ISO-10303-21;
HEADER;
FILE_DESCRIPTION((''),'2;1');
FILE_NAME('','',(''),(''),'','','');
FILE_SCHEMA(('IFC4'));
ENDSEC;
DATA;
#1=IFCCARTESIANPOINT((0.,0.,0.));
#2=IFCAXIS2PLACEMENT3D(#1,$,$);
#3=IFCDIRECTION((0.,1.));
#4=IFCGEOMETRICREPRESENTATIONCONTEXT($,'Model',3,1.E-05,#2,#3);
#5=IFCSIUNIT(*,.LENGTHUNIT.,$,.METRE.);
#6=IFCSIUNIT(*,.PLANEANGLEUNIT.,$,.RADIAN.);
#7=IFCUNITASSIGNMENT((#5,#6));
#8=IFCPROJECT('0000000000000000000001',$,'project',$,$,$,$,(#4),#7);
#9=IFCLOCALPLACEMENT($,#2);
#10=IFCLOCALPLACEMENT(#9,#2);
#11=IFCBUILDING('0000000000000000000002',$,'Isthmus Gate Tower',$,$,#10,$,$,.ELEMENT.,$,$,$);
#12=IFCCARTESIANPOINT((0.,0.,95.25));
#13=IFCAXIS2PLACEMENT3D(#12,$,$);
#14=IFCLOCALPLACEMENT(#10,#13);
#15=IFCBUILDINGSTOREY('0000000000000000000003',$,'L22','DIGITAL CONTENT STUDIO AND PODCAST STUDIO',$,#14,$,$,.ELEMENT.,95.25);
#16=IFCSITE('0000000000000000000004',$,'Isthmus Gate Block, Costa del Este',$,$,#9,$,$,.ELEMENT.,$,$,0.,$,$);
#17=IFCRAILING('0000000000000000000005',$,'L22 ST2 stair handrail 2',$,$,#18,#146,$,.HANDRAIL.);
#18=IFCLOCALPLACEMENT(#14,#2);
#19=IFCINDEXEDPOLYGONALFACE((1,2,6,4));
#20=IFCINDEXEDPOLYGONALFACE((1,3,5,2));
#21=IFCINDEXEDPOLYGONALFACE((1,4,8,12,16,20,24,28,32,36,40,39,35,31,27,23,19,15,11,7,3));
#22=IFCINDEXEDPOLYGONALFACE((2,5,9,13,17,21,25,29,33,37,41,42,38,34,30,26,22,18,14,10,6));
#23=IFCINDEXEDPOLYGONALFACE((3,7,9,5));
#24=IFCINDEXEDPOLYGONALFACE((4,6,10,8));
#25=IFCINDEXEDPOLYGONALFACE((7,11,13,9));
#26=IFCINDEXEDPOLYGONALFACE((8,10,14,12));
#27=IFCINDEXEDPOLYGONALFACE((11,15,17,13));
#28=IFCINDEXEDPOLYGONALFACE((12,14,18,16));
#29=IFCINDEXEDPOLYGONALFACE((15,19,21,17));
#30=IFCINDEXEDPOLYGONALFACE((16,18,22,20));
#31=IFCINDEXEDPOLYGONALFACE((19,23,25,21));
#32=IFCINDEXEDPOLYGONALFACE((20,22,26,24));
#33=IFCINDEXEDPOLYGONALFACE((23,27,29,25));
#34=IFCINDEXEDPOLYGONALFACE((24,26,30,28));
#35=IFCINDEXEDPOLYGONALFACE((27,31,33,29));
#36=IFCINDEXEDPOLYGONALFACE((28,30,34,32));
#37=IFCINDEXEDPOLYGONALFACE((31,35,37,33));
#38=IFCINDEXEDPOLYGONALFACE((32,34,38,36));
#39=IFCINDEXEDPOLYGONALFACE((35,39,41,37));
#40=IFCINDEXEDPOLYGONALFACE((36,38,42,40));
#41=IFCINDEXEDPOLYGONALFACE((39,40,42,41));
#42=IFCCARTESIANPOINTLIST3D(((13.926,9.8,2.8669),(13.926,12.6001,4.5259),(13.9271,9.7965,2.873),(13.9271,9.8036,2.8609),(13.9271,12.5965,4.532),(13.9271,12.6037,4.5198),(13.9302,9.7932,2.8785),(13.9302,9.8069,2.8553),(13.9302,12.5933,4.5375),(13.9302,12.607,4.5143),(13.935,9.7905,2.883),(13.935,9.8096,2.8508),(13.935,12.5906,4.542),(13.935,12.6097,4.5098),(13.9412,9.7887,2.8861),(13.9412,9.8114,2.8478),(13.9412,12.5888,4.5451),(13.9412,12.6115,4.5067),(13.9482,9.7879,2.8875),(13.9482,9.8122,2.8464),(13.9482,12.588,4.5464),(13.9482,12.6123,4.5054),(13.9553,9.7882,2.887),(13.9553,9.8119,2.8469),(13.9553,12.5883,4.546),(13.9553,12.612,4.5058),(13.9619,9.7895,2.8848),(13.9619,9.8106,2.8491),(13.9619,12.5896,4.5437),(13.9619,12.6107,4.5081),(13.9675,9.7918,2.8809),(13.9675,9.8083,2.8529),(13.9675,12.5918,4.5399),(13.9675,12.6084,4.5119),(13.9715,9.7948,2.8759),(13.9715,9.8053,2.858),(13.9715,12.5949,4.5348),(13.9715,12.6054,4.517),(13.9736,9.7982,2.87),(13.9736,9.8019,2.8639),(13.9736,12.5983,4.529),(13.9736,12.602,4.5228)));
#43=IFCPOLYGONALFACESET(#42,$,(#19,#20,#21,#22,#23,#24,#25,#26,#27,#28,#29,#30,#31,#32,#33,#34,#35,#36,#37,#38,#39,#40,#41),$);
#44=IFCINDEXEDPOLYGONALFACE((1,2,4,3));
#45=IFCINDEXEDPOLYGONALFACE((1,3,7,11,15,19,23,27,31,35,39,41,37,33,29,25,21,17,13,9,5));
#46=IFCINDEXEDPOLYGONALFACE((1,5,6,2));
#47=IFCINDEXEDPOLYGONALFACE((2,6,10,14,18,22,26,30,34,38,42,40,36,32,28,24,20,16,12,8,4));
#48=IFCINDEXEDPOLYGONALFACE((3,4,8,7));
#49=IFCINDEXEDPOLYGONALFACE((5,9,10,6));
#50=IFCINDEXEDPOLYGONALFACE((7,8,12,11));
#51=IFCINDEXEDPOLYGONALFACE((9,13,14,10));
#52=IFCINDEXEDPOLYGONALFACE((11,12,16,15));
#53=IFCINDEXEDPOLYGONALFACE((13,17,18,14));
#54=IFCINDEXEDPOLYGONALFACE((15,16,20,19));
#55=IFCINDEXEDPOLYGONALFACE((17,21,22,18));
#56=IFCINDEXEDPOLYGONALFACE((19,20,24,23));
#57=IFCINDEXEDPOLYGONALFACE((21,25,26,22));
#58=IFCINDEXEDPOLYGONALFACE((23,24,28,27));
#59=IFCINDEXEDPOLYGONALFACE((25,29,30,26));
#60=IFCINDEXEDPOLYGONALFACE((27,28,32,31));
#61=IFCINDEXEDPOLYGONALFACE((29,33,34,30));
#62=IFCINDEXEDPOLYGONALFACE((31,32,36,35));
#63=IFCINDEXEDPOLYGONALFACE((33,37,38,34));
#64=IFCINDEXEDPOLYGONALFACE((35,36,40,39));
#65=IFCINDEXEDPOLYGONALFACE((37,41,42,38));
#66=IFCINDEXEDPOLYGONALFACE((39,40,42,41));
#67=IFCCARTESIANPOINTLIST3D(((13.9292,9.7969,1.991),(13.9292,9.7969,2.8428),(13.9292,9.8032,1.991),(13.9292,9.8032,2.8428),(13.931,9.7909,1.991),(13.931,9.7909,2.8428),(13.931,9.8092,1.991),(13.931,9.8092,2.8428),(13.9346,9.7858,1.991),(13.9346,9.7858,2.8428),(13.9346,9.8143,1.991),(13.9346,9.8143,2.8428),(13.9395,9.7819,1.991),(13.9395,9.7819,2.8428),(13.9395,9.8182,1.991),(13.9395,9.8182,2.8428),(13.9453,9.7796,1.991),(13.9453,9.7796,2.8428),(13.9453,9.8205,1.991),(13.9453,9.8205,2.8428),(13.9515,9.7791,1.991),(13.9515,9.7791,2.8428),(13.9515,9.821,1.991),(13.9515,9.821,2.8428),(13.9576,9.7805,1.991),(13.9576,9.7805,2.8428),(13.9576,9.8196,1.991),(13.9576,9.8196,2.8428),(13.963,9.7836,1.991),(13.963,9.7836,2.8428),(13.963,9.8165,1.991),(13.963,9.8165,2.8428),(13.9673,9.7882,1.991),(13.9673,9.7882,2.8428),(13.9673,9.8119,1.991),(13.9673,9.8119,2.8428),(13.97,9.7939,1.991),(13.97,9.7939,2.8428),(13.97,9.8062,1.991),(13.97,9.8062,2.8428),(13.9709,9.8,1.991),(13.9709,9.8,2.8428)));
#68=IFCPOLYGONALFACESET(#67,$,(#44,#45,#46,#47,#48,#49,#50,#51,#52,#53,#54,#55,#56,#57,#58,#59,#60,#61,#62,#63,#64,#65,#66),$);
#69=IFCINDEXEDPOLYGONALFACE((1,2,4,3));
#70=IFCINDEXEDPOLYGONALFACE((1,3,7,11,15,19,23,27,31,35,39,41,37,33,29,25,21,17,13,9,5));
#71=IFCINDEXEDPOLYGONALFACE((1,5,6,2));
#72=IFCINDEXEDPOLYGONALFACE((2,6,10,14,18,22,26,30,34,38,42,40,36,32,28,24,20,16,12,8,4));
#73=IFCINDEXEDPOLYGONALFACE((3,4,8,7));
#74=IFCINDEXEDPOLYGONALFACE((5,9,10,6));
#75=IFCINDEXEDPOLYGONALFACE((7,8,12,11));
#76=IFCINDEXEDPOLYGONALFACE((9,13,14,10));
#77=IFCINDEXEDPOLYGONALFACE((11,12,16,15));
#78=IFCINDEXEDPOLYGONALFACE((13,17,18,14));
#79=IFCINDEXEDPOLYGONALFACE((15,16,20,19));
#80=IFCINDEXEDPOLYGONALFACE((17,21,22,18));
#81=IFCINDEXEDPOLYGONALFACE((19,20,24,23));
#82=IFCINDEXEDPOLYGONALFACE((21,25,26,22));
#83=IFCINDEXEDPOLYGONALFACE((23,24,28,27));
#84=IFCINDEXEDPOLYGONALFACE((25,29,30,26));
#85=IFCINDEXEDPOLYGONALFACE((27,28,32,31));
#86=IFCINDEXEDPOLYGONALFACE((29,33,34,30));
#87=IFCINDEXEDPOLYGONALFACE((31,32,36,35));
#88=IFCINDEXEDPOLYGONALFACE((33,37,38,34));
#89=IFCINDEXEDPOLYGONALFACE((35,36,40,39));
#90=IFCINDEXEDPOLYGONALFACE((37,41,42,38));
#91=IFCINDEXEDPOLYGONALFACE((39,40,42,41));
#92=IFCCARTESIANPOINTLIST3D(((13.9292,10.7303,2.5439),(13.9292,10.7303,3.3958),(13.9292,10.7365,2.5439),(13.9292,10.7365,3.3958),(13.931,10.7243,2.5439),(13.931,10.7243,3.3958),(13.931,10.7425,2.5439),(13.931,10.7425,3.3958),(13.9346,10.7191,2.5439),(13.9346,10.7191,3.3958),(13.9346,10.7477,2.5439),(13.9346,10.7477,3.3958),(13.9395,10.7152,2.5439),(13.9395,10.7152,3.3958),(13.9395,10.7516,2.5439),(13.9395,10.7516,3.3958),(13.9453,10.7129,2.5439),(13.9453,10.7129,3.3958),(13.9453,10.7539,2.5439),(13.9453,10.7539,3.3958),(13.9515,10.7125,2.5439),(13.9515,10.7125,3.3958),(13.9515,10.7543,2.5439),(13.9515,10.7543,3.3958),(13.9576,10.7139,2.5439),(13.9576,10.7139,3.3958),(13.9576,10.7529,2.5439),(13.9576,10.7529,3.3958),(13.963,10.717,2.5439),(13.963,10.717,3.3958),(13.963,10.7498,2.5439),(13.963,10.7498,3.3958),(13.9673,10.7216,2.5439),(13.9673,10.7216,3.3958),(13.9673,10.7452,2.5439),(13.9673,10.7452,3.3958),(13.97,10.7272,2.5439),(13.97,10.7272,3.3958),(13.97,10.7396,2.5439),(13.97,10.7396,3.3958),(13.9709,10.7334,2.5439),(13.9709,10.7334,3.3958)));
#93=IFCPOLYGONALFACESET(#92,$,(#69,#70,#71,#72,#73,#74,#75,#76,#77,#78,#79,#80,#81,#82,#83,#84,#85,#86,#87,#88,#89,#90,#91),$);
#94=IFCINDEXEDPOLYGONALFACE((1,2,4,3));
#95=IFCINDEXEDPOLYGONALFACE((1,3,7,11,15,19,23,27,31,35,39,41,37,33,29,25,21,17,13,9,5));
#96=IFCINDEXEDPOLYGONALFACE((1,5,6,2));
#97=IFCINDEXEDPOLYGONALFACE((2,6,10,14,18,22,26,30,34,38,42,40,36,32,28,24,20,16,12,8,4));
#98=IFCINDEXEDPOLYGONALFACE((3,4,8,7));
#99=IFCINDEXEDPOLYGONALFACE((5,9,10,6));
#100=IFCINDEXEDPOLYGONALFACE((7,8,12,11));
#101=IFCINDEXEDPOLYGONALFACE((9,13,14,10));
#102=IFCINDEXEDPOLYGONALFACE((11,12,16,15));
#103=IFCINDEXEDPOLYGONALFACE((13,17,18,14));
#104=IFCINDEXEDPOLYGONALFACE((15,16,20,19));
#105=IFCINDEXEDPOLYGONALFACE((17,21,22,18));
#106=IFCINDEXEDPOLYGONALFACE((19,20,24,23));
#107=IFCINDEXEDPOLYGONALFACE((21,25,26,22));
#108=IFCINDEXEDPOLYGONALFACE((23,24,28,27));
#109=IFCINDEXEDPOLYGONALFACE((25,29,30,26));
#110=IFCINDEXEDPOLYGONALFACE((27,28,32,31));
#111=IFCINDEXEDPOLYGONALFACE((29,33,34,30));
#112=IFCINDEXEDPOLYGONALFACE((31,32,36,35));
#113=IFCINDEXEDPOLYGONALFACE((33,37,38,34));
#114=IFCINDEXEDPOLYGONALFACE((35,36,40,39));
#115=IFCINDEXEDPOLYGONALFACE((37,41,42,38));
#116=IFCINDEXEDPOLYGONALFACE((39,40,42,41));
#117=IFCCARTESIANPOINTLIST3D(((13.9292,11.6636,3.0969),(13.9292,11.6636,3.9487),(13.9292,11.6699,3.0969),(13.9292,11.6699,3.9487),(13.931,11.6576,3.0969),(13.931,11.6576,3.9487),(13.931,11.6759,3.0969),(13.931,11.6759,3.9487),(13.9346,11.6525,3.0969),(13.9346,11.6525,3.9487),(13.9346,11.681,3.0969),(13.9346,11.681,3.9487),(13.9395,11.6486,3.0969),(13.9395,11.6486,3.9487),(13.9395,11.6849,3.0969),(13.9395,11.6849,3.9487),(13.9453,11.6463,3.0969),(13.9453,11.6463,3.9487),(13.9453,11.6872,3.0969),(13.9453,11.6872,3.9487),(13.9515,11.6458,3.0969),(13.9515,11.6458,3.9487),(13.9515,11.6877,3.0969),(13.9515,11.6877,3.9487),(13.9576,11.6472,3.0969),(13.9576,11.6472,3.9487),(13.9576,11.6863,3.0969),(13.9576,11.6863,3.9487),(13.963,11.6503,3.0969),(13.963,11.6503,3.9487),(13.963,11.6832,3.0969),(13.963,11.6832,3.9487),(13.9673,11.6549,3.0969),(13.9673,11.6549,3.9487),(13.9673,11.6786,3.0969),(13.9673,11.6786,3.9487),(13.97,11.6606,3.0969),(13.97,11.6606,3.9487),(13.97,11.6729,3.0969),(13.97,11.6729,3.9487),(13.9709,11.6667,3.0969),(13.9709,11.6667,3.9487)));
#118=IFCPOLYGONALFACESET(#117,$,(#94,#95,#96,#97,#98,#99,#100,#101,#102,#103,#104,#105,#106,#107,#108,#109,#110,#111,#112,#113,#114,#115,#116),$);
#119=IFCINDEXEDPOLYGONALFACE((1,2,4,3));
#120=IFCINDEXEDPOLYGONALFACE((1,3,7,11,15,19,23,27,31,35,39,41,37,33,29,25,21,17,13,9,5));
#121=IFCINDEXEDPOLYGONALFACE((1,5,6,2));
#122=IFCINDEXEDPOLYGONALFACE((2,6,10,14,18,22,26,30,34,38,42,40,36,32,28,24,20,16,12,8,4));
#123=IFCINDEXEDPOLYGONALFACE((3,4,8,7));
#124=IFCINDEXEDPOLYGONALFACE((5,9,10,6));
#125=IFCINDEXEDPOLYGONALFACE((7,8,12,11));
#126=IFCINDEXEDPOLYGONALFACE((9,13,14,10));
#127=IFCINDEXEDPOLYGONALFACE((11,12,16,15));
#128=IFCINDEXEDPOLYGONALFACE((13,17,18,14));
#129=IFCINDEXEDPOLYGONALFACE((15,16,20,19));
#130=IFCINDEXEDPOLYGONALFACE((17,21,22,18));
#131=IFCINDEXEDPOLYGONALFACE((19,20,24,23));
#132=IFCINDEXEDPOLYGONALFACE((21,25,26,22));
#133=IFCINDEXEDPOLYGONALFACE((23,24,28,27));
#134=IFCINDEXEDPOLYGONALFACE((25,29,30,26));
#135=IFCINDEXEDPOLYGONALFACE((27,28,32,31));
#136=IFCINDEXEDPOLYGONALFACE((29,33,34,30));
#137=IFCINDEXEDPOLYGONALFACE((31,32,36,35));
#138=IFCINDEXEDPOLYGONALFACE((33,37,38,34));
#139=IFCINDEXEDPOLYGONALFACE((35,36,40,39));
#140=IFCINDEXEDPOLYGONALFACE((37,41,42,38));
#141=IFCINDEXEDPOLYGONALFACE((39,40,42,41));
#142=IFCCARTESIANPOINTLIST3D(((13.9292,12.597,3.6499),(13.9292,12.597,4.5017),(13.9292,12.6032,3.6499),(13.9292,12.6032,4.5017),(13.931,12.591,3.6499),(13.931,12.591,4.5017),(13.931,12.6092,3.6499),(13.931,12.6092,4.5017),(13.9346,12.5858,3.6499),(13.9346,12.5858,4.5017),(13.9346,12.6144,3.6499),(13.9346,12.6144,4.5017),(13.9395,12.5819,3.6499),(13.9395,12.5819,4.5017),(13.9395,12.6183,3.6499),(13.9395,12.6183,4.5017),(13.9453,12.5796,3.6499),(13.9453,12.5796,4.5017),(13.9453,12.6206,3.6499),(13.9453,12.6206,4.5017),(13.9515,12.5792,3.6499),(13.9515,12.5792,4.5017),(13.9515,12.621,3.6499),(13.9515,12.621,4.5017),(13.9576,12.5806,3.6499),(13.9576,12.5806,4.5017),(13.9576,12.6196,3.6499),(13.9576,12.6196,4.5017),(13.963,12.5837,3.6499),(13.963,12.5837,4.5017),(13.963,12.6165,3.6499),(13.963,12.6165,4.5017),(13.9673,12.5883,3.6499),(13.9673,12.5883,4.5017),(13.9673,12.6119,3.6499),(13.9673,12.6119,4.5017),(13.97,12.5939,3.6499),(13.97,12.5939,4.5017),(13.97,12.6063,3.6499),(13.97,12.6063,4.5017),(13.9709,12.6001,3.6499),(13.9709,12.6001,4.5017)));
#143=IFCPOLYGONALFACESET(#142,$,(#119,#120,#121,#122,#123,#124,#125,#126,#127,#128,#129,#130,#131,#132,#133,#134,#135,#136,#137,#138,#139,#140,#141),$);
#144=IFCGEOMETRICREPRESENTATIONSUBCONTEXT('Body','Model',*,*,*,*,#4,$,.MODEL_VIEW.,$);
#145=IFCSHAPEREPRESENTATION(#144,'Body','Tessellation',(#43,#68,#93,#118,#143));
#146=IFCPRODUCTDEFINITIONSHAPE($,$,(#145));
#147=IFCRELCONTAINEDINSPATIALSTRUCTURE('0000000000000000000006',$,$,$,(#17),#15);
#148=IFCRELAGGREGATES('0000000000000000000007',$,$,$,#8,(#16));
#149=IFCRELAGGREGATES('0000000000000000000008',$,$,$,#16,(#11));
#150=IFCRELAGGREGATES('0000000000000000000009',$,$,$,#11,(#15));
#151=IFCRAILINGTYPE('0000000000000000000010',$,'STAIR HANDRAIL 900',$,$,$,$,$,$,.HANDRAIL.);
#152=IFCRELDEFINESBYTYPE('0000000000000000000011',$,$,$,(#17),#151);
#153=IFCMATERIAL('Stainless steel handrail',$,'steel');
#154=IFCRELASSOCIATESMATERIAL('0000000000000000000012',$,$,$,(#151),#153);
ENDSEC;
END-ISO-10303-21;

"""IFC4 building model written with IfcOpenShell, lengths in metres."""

from ifc_helpers import new_model, si_unit, direction, frame, origin, origin_2d, place, context, subcontext, project, spatial, circle, extrude, material, type_object, element, save


model = new_model("IFC4")

# Units and contexts
model_context = context("Model", 3, precision=1e-05, world=origin(), true_north=direction((0.0, 1.0)))
body_context = subcontext(model_context, "Body", "Model", "MODEL_VIEW")
ifc_project = project(units=[si_unit("LENGTHUNIT", "METRE"), si_unit("PLANEANGLEUNIT", "RADIAN")], contexts=[model_context])

# Site, building, storey
site_placement = place(None, origin())
site = spatial("IfcSite", under=ifc_project, at=site_placement, Name="Isthmus Gate Block, Costa del Este", CompositionType="ELEMENT", RefElevation=0.0)
building_placement = place(site_placement, origin())
building = spatial("IfcBuilding", under=site, at=building_placement, Name="Isthmus Gate Tower", CompositionType="ELEMENT")
storey_placement = place(building_placement, frame((0.0, 0.0, 95.25)))
storey = spatial("IfcBuildingStorey", under=building, at=storey_placement, Name="L22", Description="DIGITAL CONTENT STUDIO AND PODCAST STUDIO", CompositionType="ELEMENT", Elevation=95.25)

# Railing
ifc_material_1 = material(Name="Stainless steel handrail", Category="steel")
railing_type = type_object("IfcRailingType", Name="STAIR HANDRAIL 900", PredefinedType="HANDRAIL", material=ifc_material_1)
railing_placement = place(storey_placement, frame((13.95, 9.8, 1.991)))
element("IfcRailing", 1, at=railing_placement, inside=storey, type_object=railing_type, Name="L22 ST2 stair handrail 2", PredefinedType="HANDRAIL", context=body_context, shape_type="SweptSolid", body=[
    extrude(circle(Radius=0.0239, at=origin_2d()), frame((0.0, 0.0, 0.876), z_axis=(0.0, 0.860339, 0.509722), x_axis=(-1.0, 0.0, 0.0)), (0.0, 0.0, 1.0), 3.2546),
    extrude(circle(Radius=0.021, at=origin_2d()), origin(), (0.0, 0.0, 1.0), 0.8518),
    extrude(circle(Radius=0.021, at=origin_2d()), frame((0.0, 0.9333, 0.553)), (0.0, 0.0, 1.0), 0.8518),
    extrude(circle(Radius=0.021, at=origin_2d()), frame((0.0, 1.8667, 1.106)), (0.0, 0.0, 1.0), 0.8518),
    extrude(circle(Radius=0.021, at=origin_2d()), frame((0.0, 2.8, 1.6589)), (0.0, 0.0, 1.0), 0.8518),
])

save(model, "model.ifc")
